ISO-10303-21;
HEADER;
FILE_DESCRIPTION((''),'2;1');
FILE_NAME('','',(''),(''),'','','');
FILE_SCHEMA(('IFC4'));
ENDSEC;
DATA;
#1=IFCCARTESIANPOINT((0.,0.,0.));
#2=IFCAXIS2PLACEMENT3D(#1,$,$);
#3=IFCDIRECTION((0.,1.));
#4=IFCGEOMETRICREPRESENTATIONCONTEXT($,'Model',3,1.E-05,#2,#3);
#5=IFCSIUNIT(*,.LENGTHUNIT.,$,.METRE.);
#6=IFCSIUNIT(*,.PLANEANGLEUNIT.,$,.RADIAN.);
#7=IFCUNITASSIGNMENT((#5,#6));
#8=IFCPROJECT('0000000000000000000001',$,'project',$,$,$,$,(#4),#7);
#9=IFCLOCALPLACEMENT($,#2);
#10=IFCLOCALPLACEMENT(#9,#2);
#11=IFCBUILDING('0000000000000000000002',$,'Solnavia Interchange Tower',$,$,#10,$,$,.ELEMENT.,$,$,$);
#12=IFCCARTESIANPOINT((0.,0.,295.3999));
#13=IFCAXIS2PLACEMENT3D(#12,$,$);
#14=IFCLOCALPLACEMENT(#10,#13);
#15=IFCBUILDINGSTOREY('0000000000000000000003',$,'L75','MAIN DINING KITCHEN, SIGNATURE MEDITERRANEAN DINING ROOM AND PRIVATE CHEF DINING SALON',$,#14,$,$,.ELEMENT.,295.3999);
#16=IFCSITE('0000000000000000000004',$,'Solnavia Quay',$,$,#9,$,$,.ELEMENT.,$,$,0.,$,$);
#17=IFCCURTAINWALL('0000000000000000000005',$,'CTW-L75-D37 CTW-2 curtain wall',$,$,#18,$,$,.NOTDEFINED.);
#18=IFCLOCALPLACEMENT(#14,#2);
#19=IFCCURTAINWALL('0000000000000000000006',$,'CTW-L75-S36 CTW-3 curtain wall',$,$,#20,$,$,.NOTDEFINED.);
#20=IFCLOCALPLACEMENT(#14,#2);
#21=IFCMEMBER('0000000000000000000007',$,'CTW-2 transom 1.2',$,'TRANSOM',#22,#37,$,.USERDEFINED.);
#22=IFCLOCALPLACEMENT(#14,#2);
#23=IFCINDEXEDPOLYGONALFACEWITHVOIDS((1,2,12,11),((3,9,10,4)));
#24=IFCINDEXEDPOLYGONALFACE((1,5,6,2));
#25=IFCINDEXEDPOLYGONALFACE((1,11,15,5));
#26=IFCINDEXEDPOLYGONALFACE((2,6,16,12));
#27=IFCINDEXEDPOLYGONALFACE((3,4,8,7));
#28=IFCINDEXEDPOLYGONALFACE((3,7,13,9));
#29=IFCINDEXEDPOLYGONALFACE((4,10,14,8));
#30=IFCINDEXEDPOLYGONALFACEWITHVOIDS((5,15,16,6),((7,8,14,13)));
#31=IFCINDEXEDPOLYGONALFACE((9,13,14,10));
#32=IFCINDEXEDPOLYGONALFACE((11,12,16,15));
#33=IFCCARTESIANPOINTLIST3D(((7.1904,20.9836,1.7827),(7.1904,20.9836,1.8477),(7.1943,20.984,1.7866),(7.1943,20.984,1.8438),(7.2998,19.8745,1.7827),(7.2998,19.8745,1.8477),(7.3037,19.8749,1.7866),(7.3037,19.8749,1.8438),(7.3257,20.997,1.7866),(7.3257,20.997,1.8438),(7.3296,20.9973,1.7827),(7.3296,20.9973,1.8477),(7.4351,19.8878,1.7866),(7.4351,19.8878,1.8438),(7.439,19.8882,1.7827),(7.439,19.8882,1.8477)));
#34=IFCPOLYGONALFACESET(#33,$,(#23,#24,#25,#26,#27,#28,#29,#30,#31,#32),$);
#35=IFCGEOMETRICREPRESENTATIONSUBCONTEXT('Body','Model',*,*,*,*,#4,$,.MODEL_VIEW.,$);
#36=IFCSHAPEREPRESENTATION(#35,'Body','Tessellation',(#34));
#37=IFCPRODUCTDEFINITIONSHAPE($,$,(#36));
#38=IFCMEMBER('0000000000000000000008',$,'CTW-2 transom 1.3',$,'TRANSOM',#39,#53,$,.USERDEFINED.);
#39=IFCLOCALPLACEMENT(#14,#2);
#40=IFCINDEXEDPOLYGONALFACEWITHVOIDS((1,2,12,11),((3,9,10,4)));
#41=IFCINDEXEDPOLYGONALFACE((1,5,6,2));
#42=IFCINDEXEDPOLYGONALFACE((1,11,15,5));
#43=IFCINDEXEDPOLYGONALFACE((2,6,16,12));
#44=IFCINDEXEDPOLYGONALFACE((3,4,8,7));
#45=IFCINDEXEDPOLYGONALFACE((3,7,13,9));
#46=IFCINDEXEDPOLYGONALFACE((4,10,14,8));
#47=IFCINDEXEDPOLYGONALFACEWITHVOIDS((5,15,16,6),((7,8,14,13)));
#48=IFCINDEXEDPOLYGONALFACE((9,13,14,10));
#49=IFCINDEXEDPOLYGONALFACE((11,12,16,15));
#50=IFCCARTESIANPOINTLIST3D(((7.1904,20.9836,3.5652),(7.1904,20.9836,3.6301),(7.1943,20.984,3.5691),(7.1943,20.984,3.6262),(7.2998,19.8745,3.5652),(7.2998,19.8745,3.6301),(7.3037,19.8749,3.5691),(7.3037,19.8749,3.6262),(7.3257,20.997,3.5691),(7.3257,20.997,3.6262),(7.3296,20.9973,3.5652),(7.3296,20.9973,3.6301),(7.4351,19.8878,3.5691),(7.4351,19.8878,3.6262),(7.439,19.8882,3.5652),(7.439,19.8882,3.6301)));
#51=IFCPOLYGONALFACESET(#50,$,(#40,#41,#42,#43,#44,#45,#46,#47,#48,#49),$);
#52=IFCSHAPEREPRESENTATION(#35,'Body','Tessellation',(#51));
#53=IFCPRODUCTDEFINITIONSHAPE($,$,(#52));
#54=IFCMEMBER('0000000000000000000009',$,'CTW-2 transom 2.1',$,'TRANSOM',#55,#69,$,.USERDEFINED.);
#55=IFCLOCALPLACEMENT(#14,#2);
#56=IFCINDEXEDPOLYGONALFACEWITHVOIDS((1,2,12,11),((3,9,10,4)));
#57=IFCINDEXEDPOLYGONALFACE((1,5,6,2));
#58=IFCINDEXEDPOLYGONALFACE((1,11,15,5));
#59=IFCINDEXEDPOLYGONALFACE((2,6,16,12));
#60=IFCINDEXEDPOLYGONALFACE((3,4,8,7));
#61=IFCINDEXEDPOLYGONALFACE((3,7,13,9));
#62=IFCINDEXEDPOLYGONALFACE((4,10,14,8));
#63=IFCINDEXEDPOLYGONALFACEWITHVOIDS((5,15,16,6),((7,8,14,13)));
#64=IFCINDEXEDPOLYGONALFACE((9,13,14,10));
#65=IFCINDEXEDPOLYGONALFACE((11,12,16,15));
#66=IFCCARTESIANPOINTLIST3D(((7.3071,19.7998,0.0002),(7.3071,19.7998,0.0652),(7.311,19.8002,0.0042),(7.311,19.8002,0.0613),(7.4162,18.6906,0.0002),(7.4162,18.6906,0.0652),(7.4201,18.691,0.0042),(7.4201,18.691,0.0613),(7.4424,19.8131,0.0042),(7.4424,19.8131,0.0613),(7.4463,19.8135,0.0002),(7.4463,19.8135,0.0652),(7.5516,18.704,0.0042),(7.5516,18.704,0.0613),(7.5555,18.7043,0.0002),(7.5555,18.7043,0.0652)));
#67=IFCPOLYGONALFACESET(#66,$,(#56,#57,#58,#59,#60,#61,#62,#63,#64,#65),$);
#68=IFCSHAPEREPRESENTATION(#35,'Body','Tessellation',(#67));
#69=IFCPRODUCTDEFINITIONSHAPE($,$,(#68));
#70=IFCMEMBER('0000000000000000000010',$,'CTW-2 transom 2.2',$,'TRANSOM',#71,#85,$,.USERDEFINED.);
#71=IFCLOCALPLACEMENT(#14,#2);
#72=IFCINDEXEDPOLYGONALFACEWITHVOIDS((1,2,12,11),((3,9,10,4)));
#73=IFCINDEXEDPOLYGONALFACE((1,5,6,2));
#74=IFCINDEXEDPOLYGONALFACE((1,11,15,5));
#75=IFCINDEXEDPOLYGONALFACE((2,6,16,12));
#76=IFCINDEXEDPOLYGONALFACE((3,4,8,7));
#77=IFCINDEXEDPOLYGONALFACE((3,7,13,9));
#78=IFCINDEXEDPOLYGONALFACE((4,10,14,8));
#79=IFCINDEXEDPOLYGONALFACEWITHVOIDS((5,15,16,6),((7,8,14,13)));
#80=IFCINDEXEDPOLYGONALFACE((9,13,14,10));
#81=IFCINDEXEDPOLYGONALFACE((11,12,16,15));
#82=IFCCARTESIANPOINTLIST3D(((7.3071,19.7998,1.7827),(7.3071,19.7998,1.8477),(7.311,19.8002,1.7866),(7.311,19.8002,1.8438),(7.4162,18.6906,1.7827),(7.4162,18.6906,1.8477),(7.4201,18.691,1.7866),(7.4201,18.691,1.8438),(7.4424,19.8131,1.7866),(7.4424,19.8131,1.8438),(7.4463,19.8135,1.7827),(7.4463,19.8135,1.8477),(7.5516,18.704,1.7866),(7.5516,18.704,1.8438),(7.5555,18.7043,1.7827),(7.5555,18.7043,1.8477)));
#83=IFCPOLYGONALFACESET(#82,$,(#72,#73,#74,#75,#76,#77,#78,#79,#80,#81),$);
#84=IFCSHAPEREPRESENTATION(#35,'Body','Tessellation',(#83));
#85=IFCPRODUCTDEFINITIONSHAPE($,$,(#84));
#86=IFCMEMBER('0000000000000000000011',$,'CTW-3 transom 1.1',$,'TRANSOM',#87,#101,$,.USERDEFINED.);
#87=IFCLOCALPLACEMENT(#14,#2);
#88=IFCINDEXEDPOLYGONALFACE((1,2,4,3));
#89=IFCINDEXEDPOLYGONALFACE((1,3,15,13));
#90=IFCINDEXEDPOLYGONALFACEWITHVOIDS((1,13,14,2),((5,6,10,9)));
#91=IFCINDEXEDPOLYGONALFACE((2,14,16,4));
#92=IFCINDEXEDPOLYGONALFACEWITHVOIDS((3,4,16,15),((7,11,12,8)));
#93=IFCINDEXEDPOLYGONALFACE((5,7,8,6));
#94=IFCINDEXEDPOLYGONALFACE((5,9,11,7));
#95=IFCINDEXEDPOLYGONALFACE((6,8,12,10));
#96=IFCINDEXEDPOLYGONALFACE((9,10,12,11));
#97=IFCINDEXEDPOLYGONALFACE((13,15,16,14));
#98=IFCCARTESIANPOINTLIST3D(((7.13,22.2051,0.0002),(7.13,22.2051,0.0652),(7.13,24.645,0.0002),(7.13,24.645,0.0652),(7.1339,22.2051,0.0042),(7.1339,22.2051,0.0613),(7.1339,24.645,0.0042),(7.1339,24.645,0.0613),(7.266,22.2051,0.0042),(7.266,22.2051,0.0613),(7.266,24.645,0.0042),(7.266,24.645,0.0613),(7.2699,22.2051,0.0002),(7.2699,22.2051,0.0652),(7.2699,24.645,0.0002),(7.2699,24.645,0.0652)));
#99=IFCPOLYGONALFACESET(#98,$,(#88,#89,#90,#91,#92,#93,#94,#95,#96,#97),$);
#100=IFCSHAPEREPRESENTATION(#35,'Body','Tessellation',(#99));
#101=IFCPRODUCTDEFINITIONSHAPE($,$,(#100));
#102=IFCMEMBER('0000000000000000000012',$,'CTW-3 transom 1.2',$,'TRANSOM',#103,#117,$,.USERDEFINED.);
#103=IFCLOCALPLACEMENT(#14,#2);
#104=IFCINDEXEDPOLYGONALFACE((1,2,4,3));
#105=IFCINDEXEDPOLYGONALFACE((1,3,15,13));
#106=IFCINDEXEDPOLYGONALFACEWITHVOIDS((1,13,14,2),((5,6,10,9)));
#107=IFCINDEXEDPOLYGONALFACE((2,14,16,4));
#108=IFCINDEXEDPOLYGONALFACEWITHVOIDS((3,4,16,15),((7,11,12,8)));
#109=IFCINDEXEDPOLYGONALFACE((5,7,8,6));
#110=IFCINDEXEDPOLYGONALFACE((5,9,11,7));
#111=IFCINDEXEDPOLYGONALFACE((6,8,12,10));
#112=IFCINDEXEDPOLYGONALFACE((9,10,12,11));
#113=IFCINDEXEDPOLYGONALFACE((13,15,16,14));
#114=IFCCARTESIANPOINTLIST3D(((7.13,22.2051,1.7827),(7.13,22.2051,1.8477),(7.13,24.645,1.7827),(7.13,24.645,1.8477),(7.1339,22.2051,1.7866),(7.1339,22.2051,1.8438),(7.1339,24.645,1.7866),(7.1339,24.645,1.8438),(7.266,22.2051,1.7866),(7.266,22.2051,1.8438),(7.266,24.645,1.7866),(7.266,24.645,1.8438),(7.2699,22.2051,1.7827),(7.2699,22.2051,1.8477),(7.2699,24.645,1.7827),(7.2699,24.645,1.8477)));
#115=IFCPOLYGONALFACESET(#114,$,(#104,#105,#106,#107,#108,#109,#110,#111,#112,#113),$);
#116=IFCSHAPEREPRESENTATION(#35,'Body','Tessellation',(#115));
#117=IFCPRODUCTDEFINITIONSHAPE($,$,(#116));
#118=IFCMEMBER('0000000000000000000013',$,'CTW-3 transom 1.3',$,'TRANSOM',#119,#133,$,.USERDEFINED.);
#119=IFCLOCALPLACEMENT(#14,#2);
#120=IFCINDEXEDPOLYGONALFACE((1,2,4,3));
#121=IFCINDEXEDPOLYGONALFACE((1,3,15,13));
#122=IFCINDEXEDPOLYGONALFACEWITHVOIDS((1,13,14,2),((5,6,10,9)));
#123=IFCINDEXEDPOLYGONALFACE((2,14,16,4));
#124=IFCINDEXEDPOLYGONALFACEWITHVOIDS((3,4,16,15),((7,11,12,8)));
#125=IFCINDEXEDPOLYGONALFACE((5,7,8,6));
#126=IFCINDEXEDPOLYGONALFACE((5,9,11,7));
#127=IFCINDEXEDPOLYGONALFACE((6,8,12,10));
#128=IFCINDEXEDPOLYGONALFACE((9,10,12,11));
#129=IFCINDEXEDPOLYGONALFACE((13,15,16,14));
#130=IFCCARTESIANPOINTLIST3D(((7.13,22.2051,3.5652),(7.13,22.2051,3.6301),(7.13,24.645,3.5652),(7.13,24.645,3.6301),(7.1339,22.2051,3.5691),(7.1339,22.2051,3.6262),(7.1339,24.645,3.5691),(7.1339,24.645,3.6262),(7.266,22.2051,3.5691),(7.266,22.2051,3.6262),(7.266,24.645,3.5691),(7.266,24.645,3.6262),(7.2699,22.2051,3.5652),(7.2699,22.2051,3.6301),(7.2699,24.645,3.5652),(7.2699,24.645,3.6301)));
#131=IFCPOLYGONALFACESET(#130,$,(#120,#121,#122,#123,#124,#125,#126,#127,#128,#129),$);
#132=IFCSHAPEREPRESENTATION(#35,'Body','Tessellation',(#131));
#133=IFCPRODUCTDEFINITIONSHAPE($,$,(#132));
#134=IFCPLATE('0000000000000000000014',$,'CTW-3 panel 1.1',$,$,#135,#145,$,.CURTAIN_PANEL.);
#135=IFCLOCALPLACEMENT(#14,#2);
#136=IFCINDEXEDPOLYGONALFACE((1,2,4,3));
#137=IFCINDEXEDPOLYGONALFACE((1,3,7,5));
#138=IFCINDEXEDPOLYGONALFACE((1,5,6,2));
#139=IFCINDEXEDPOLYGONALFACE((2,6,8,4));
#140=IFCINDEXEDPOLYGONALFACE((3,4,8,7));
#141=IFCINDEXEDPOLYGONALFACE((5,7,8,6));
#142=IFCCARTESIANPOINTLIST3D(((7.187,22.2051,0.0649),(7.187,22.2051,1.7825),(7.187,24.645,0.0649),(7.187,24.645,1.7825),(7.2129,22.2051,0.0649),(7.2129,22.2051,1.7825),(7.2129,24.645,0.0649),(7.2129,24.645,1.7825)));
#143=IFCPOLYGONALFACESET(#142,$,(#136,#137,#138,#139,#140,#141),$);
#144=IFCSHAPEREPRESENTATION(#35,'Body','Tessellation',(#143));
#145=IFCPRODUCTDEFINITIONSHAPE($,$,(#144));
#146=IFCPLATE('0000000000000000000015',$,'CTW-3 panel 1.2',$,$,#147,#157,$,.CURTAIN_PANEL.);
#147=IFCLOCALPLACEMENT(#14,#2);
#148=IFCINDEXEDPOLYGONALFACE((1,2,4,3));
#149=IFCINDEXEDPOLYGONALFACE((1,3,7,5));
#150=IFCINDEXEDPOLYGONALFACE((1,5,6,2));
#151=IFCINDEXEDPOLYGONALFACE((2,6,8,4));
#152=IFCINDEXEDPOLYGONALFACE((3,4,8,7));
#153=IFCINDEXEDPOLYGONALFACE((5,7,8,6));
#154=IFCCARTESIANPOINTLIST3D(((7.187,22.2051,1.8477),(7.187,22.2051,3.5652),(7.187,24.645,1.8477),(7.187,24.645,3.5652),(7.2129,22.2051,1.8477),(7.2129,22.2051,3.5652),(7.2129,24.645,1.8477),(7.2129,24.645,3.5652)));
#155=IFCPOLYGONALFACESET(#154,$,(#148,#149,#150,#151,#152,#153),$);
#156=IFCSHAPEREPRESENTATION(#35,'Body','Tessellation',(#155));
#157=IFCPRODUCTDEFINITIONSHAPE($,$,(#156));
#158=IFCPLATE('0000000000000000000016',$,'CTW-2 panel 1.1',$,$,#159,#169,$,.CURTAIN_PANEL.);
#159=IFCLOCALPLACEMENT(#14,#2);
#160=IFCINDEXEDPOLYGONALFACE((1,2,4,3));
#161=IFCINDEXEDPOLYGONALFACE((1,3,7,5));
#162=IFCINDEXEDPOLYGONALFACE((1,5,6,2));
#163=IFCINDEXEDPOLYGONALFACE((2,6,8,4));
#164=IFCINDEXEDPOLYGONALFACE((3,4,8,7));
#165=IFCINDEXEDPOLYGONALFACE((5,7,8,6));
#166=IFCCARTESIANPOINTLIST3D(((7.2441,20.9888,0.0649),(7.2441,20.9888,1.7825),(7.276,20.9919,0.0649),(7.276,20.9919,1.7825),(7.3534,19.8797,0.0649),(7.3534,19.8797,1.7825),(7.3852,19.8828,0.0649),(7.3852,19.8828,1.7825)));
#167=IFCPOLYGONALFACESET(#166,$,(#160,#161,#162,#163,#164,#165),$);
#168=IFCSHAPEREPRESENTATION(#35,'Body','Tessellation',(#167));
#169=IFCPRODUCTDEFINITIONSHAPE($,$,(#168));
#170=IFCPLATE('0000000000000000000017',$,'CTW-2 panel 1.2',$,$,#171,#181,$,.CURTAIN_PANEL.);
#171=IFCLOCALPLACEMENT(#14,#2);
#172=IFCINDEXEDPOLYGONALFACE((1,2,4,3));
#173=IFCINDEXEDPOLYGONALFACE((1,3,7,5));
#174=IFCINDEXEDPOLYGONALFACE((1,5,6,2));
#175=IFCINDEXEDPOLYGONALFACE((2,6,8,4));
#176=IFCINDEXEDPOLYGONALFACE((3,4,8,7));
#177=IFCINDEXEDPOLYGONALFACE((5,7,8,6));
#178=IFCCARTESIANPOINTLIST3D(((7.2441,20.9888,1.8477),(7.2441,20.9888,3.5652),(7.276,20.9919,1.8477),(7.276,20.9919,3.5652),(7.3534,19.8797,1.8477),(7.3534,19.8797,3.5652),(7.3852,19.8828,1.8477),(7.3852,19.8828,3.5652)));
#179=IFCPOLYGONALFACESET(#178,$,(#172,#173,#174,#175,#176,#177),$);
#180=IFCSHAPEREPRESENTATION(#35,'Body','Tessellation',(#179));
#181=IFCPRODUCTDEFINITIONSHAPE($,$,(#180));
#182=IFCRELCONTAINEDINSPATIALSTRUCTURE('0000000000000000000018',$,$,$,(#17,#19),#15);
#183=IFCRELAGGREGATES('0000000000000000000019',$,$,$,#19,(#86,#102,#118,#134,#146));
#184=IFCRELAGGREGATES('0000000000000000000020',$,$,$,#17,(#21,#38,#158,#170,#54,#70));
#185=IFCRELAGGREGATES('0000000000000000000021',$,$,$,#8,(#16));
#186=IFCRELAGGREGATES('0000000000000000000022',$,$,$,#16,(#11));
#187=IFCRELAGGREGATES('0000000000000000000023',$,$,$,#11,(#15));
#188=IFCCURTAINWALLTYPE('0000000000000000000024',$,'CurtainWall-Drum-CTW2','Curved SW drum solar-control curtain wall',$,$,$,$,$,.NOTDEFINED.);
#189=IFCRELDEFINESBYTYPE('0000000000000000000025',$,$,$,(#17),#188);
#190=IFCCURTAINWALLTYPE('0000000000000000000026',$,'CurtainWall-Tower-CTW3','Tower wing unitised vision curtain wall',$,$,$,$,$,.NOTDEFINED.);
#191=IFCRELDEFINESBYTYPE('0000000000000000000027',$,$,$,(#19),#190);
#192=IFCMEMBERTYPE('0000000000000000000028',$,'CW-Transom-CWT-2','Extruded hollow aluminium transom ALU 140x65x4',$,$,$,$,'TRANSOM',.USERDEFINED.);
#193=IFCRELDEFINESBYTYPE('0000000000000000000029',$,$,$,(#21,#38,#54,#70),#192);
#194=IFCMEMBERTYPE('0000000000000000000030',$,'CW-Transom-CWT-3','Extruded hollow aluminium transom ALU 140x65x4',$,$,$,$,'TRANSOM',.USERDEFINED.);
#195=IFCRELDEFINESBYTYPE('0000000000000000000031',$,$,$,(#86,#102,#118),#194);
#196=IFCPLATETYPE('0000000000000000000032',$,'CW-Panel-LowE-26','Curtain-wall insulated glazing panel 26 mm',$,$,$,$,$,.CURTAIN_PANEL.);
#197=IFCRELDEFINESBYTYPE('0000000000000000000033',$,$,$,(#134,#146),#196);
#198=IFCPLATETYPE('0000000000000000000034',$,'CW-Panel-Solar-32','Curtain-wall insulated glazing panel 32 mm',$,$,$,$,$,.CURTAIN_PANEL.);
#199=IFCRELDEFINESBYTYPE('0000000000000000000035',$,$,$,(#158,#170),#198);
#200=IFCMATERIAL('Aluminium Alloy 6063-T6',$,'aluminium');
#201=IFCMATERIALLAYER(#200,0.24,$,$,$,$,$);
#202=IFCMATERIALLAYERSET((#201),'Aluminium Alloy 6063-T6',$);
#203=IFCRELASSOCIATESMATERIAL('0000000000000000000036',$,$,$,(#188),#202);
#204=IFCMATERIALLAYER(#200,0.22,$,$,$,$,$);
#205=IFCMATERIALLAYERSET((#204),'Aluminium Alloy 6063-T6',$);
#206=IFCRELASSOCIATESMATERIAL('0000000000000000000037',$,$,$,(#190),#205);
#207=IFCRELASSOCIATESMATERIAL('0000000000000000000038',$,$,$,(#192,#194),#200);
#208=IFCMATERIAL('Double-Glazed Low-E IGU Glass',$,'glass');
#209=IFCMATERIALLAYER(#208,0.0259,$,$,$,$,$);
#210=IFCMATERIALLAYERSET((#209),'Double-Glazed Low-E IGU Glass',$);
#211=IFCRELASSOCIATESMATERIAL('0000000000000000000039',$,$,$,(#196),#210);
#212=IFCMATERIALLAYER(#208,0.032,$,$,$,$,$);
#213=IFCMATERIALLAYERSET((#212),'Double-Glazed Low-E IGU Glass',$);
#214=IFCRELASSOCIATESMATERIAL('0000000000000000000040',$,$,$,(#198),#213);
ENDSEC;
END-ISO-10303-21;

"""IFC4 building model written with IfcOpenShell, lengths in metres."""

from ifc_helpers import new_model, si_unit, direction, frame, origin, origin_2d, place, context, subcontext, project, spatial, rectangle, hollow_rectangle, extrude, material, layer, layer_set, material_profile, profile_set, type_object, element, aggregate, save


model = new_model("IFC4")

# Units and contexts
model_context = context("Model", 3, precision=1e-05, world=origin(), true_north=direction((0.0, 1.0)))
body_context = subcontext(model_context, "Body", "Model", "MODEL_VIEW")
ifc_project = project(units=[si_unit("LENGTHUNIT", "METRE"), si_unit("PLANEANGLEUNIT", "RADIAN")], contexts=[model_context])

# Site, building, storey
site_placement = place(None, origin())
site = spatial("IfcSite", under=ifc_project, at=site_placement, Name="Solnavia Quay", CompositionType="ELEMENT", RefElevation=0.0)
building_placement = place(site_placement, origin())
building = spatial("IfcBuilding", under=site, at=building_placement, Name="Solnavia Interchange Tower", CompositionType="ELEMENT")
storey_placement = place(building_placement, frame((0.0, 0.0, 295.3999)))
storey = spatial("IfcBuildingStorey", under=building, at=storey_placement, Name="L75", Description="MAIN DINING KITCHEN, SIGNATURE MEDITERRANEAN DINING ROOM AND PRIVATE CHEF DINING SALON", CompositionType="ELEMENT", Elevation=295.3999)

# Curtain walls
ifc_material_1 = material(Name="Aluminium Alloy 6063-T6", Category="aluminium")
ifc_layer_1 = layer(ifc_material_1, 0.24)
ifc_layer_set_1 = layer_set([ifc_layer_1], Name="Aluminium Alloy 6063-T6")
curtain_wall_type_1 = type_object("IfcCurtainWallType", Name="CurtainWall-Drum-CTW2", Description="Curved SW drum solar-control curtain wall", PredefinedType="NOTDEFINED", material=ifc_layer_set_1)
curtain_wall_1_placement = place(storey_placement, origin())
curtain_wall_1 = element("IfcCurtainWall", 1, at=curtain_wall_1_placement, inside=storey, type_object=curtain_wall_type_1, Name="CTW-L75-D37 CTW-2 curtain wall", PredefinedType="NOTDEFINED")
ifc_layer_2 = layer(ifc_material_1, 0.22)
ifc_layer_set_2 = layer_set([ifc_layer_2], Name="Aluminium Alloy 6063-T6")
curtain_wall_type_2 = type_object("IfcCurtainWallType", Name="CurtainWall-Tower-CTW3", Description="Tower wing unitised vision curtain wall", PredefinedType="NOTDEFINED", material=ifc_layer_set_2)
curtain_wall_2_placement = place(storey_placement, origin())
curtain_wall_2 = element("IfcCurtainWall", 2, at=curtain_wall_2_placement, inside=storey, type_object=curtain_wall_type_2, Name="CTW-L75-S36 CTW-3 curtain wall", PredefinedType="NOTDEFINED")

# Members
ifc_material_profile_1 = material_profile(ifc_material_1, hollow_rectangle(XDim=0.0649, YDim=0.1399, WallThickness=0.0039, at=origin_2d()), Name="ALU 140x65x4")
ifc_profile_set_1 = profile_set([ifc_material_profile_1], Name="Aluminium Alloy 6063-T6")
member_type_1 = type_object("IfcMemberType", Name="CW-Transom-CWT-2", Description="Extruded hollow aluminium transom ALU 140x65x4", ElementType="TRANSOM", PredefinedType="USERDEFINED", material=ifc_profile_set_1)
member_1_placement = place(storey_placement, frame((7.26, 20.9905, 1.8152), z_axis=(0.098137, -0.995173, 0.0), x_axis=(0.0, 0.0, 1.0)))
member_1 = element("IfcMember", 3, at=member_1_placement, type_object=member_type_1, Name="CTW-2 transom 1.2", ObjectType="TRANSOM", PredefinedType="USERDEFINED", context=body_context, shape_type="SweptSolid", body=[
    extrude(hollow_rectangle(XDim=0.0649, YDim=0.1399, WallThickness=0.0039, at=origin_2d()), origin(), (0.0, 0.0, 1.0), 1.1145),
])
member_2_placement = place(storey_placement, frame((7.26, 20.9905, 3.5977), z_axis=(0.098137, -0.995173, 0.0), x_axis=(0.0, 0.0, 1.0)))
member_2 = element("IfcMember", 4, at=member_2_placement, type_object=member_type_1, Name="CTW-2 transom 1.3", ObjectType="TRANSOM", PredefinedType="USERDEFINED", context=body_context, shape_type="SweptSolid", body=[
    extrude(hollow_rectangle(XDim=0.0649, YDim=0.1399, WallThickness=0.0039, at=origin_2d()), origin(), (0.0, 0.0, 1.0), 1.1145),
])
member_3_placement = place(storey_placement, frame((7.3767, 19.8066, 0.0327), z_axis=(0.09792, -0.995194, 0.0), x_axis=(0.0, 0.0, 1.0)))
member_3 = element("IfcMember", 5, at=member_3_placement, type_object=member_type_1, Name="CTW-2 transom 2.1", ObjectType="TRANSOM", PredefinedType="USERDEFINED", context=body_context, shape_type="SweptSolid", body=[
    extrude(hollow_rectangle(XDim=0.0649, YDim=0.1399, WallThickness=0.0039, at=origin_2d()), origin(), (0.0, 0.0, 1.0), 1.1145),
])
member_4_placement = place(storey_placement, frame((7.3767, 19.8066, 1.8152), z_axis=(0.09792, -0.995194, 0.0), x_axis=(0.0, 0.0, 1.0)))
member_4 = element("IfcMember", 6, at=member_4_placement, type_object=member_type_1, Name="CTW-2 transom 2.2", ObjectType="TRANSOM", PredefinedType="USERDEFINED", context=body_context, shape_type="SweptSolid", body=[
    extrude(hollow_rectangle(XDim=0.0649, YDim=0.1399, WallThickness=0.0039, at=origin_2d()), origin(), (0.0, 0.0, 1.0), 1.1145),
])
ifc_material_profile_2 = material_profile(ifc_material_1, hollow_rectangle(XDim=0.0649, YDim=0.1399, WallThickness=0.0039, at=origin_2d()), Name="ALU 140x65x4")
ifc_profile_set_2 = profile_set([ifc_material_profile_2], Name="Aluminium Alloy 6063-T6")
member_type_2 = type_object("IfcMemberType", Name="CW-Transom-CWT-3", Description="Extruded hollow aluminium transom ALU 140x65x4", ElementType="TRANSOM", PredefinedType="USERDEFINED", material=ifc_profile_set_2)
member_5_placement = place(storey_placement, frame((7.2, 24.645, 0.0327), z_axis=(0.0, -1.0, 0.0), x_axis=(0.0, 0.0, 1.0)))
member_5 = element("IfcMember", 7, at=member_5_placement, type_object=member_type_2, Name="CTW-3 transom 1.1", ObjectType="TRANSOM", PredefinedType="USERDEFINED", context=body_context, shape_type="SweptSolid", body=[
    extrude(hollow_rectangle(XDim=0.0649, YDim=0.1399, WallThickness=0.0039, at=origin_2d()), origin(), (0.0, 0.0, 1.0), 2.4399),
])
member_6_placement = place(storey_placement, frame((7.2, 24.645, 1.8152), z_axis=(0.0, -1.0, 0.0), x_axis=(0.0, 0.0, 1.0)))
member_6 = element("IfcMember", 8, at=member_6_placement, type_object=member_type_2, Name="CTW-3 transom 1.2", ObjectType="TRANSOM", PredefinedType="USERDEFINED", context=body_context, shape_type="SweptSolid", body=[
    extrude(hollow_rectangle(XDim=0.0649, YDim=0.1399, WallThickness=0.0039, at=origin_2d()), origin(), (0.0, 0.0, 1.0), 2.4399),
])
member_7_placement = place(storey_placement, frame((7.2, 24.645, 3.5977), z_axis=(0.0, -1.0, 0.0), x_axis=(0.0, 0.0, 1.0)))
member_7 = element("IfcMember", 9, at=member_7_placement, type_object=member_type_2, Name="CTW-3 transom 1.3", ObjectType="TRANSOM", PredefinedType="USERDEFINED", context=body_context, shape_type="SweptSolid", body=[
    extrude(hollow_rectangle(XDim=0.0649, YDim=0.1399, WallThickness=0.0039, at=origin_2d()), origin(), (0.0, 0.0, 1.0), 2.4399),
])

# Plates
ifc_material_2 = material(Name="Double-Glazed Low-E IGU Glass", Category="glass")
ifc_layer_3 = layer(ifc_material_2, 0.0259)
ifc_layer_set_3 = layer_set([ifc_layer_3], Name="Double-Glazed Low-E IGU Glass")
plate_type_1 = type_object("IfcPlateType", Name="CW-Panel-LowE-26", Description="Curtain-wall insulated glazing panel 26 mm", PredefinedType="CURTAIN_PANEL", material=ifc_layer_set_3)
plate_1_placement = place(storey_placement, frame((7.2, 23.425, 0.0649), z_axis=(0.0, 0.0, 1.0), x_axis=(0.0, -1.0, 0.0)))
plate_1 = element("IfcPlate", 10, at=plate_1_placement, type_object=plate_type_1, Name="CTW-3 panel 1.1", PredefinedType="CURTAIN_PANEL", context=body_context, shape_type="SweptSolid", body=[
    extrude(rectangle(XDim=2.4399, YDim=0.0259, at=origin_2d()), origin(), (0.0, 0.0, 1.0), 1.7175),
])
plate_2_placement = place(storey_placement, frame((7.2, 23.425, 1.8477), z_axis=(0.0, 0.0, 1.0), x_axis=(0.0, -1.0, 0.0)))
plate_2 = element("IfcPlate", 11, at=plate_2_placement, type_object=plate_type_1, Name="CTW-3 panel 1.2", PredefinedType="CURTAIN_PANEL", context=body_context, shape_type="SweptSolid", body=[
    extrude(rectangle(XDim=2.4399, YDim=0.0259, at=origin_2d()), origin(), (0.0, 0.0, 1.0), 1.7175),
])
aggregate(curtain_wall_2, [member_5, member_6, member_7, plate_1, plate_2])
ifc_layer_4 = layer(ifc_material_2, 0.032)
ifc_layer_set_4 = layer_set([ifc_layer_4], Name="Double-Glazed Low-E IGU Glass")
plate_type_2 = type_object("IfcPlateType", Name="CW-Panel-Solar-32", Description="Curtain-wall insulated glazing panel 32 mm", PredefinedType="CURTAIN_PANEL", material=ifc_layer_set_4)
plate_3_placement = place(storey_placement, frame((7.3147, 20.4358, 0.0649), z_axis=(0.0, 0.0, 1.0), x_axis=(0.098043, -0.995182, 0.0)))
plate_3 = element("IfcPlate", 12, at=plate_3_placement, type_object=plate_type_2, Name="CTW-2 panel 1.1", PredefinedType="CURTAIN_PANEL", context=body_context, shape_type="SweptSolid", body=[
    extrude(rectangle(XDim=1.1145, YDim=0.032, at=origin_2d()), origin(), (0.0, 0.0, 1.0), 1.7175),
])
plate_4_placement = place(storey_placement, frame((7.3147, 20.4358, 1.8477), z_axis=(0.0, 0.0, 1.0), x_axis=(0.098043, -0.995182, 0.0)))
plate_4 = element("IfcPlate", 13, at=plate_4_placement, type_object=plate_type_2, Name="CTW-2 panel 1.2", PredefinedType="CURTAIN_PANEL", context=body_context, shape_type="SweptSolid", body=[
    extrude(rectangle(XDim=1.1145, YDim=0.032, at=origin_2d()), origin(), (0.0, 0.0, 1.0), 1.7175),
])
aggregate(curtain_wall_1, [member_1, member_2, plate_3, plate_4, member_3, member_4])

save(model, "model.ifc")
